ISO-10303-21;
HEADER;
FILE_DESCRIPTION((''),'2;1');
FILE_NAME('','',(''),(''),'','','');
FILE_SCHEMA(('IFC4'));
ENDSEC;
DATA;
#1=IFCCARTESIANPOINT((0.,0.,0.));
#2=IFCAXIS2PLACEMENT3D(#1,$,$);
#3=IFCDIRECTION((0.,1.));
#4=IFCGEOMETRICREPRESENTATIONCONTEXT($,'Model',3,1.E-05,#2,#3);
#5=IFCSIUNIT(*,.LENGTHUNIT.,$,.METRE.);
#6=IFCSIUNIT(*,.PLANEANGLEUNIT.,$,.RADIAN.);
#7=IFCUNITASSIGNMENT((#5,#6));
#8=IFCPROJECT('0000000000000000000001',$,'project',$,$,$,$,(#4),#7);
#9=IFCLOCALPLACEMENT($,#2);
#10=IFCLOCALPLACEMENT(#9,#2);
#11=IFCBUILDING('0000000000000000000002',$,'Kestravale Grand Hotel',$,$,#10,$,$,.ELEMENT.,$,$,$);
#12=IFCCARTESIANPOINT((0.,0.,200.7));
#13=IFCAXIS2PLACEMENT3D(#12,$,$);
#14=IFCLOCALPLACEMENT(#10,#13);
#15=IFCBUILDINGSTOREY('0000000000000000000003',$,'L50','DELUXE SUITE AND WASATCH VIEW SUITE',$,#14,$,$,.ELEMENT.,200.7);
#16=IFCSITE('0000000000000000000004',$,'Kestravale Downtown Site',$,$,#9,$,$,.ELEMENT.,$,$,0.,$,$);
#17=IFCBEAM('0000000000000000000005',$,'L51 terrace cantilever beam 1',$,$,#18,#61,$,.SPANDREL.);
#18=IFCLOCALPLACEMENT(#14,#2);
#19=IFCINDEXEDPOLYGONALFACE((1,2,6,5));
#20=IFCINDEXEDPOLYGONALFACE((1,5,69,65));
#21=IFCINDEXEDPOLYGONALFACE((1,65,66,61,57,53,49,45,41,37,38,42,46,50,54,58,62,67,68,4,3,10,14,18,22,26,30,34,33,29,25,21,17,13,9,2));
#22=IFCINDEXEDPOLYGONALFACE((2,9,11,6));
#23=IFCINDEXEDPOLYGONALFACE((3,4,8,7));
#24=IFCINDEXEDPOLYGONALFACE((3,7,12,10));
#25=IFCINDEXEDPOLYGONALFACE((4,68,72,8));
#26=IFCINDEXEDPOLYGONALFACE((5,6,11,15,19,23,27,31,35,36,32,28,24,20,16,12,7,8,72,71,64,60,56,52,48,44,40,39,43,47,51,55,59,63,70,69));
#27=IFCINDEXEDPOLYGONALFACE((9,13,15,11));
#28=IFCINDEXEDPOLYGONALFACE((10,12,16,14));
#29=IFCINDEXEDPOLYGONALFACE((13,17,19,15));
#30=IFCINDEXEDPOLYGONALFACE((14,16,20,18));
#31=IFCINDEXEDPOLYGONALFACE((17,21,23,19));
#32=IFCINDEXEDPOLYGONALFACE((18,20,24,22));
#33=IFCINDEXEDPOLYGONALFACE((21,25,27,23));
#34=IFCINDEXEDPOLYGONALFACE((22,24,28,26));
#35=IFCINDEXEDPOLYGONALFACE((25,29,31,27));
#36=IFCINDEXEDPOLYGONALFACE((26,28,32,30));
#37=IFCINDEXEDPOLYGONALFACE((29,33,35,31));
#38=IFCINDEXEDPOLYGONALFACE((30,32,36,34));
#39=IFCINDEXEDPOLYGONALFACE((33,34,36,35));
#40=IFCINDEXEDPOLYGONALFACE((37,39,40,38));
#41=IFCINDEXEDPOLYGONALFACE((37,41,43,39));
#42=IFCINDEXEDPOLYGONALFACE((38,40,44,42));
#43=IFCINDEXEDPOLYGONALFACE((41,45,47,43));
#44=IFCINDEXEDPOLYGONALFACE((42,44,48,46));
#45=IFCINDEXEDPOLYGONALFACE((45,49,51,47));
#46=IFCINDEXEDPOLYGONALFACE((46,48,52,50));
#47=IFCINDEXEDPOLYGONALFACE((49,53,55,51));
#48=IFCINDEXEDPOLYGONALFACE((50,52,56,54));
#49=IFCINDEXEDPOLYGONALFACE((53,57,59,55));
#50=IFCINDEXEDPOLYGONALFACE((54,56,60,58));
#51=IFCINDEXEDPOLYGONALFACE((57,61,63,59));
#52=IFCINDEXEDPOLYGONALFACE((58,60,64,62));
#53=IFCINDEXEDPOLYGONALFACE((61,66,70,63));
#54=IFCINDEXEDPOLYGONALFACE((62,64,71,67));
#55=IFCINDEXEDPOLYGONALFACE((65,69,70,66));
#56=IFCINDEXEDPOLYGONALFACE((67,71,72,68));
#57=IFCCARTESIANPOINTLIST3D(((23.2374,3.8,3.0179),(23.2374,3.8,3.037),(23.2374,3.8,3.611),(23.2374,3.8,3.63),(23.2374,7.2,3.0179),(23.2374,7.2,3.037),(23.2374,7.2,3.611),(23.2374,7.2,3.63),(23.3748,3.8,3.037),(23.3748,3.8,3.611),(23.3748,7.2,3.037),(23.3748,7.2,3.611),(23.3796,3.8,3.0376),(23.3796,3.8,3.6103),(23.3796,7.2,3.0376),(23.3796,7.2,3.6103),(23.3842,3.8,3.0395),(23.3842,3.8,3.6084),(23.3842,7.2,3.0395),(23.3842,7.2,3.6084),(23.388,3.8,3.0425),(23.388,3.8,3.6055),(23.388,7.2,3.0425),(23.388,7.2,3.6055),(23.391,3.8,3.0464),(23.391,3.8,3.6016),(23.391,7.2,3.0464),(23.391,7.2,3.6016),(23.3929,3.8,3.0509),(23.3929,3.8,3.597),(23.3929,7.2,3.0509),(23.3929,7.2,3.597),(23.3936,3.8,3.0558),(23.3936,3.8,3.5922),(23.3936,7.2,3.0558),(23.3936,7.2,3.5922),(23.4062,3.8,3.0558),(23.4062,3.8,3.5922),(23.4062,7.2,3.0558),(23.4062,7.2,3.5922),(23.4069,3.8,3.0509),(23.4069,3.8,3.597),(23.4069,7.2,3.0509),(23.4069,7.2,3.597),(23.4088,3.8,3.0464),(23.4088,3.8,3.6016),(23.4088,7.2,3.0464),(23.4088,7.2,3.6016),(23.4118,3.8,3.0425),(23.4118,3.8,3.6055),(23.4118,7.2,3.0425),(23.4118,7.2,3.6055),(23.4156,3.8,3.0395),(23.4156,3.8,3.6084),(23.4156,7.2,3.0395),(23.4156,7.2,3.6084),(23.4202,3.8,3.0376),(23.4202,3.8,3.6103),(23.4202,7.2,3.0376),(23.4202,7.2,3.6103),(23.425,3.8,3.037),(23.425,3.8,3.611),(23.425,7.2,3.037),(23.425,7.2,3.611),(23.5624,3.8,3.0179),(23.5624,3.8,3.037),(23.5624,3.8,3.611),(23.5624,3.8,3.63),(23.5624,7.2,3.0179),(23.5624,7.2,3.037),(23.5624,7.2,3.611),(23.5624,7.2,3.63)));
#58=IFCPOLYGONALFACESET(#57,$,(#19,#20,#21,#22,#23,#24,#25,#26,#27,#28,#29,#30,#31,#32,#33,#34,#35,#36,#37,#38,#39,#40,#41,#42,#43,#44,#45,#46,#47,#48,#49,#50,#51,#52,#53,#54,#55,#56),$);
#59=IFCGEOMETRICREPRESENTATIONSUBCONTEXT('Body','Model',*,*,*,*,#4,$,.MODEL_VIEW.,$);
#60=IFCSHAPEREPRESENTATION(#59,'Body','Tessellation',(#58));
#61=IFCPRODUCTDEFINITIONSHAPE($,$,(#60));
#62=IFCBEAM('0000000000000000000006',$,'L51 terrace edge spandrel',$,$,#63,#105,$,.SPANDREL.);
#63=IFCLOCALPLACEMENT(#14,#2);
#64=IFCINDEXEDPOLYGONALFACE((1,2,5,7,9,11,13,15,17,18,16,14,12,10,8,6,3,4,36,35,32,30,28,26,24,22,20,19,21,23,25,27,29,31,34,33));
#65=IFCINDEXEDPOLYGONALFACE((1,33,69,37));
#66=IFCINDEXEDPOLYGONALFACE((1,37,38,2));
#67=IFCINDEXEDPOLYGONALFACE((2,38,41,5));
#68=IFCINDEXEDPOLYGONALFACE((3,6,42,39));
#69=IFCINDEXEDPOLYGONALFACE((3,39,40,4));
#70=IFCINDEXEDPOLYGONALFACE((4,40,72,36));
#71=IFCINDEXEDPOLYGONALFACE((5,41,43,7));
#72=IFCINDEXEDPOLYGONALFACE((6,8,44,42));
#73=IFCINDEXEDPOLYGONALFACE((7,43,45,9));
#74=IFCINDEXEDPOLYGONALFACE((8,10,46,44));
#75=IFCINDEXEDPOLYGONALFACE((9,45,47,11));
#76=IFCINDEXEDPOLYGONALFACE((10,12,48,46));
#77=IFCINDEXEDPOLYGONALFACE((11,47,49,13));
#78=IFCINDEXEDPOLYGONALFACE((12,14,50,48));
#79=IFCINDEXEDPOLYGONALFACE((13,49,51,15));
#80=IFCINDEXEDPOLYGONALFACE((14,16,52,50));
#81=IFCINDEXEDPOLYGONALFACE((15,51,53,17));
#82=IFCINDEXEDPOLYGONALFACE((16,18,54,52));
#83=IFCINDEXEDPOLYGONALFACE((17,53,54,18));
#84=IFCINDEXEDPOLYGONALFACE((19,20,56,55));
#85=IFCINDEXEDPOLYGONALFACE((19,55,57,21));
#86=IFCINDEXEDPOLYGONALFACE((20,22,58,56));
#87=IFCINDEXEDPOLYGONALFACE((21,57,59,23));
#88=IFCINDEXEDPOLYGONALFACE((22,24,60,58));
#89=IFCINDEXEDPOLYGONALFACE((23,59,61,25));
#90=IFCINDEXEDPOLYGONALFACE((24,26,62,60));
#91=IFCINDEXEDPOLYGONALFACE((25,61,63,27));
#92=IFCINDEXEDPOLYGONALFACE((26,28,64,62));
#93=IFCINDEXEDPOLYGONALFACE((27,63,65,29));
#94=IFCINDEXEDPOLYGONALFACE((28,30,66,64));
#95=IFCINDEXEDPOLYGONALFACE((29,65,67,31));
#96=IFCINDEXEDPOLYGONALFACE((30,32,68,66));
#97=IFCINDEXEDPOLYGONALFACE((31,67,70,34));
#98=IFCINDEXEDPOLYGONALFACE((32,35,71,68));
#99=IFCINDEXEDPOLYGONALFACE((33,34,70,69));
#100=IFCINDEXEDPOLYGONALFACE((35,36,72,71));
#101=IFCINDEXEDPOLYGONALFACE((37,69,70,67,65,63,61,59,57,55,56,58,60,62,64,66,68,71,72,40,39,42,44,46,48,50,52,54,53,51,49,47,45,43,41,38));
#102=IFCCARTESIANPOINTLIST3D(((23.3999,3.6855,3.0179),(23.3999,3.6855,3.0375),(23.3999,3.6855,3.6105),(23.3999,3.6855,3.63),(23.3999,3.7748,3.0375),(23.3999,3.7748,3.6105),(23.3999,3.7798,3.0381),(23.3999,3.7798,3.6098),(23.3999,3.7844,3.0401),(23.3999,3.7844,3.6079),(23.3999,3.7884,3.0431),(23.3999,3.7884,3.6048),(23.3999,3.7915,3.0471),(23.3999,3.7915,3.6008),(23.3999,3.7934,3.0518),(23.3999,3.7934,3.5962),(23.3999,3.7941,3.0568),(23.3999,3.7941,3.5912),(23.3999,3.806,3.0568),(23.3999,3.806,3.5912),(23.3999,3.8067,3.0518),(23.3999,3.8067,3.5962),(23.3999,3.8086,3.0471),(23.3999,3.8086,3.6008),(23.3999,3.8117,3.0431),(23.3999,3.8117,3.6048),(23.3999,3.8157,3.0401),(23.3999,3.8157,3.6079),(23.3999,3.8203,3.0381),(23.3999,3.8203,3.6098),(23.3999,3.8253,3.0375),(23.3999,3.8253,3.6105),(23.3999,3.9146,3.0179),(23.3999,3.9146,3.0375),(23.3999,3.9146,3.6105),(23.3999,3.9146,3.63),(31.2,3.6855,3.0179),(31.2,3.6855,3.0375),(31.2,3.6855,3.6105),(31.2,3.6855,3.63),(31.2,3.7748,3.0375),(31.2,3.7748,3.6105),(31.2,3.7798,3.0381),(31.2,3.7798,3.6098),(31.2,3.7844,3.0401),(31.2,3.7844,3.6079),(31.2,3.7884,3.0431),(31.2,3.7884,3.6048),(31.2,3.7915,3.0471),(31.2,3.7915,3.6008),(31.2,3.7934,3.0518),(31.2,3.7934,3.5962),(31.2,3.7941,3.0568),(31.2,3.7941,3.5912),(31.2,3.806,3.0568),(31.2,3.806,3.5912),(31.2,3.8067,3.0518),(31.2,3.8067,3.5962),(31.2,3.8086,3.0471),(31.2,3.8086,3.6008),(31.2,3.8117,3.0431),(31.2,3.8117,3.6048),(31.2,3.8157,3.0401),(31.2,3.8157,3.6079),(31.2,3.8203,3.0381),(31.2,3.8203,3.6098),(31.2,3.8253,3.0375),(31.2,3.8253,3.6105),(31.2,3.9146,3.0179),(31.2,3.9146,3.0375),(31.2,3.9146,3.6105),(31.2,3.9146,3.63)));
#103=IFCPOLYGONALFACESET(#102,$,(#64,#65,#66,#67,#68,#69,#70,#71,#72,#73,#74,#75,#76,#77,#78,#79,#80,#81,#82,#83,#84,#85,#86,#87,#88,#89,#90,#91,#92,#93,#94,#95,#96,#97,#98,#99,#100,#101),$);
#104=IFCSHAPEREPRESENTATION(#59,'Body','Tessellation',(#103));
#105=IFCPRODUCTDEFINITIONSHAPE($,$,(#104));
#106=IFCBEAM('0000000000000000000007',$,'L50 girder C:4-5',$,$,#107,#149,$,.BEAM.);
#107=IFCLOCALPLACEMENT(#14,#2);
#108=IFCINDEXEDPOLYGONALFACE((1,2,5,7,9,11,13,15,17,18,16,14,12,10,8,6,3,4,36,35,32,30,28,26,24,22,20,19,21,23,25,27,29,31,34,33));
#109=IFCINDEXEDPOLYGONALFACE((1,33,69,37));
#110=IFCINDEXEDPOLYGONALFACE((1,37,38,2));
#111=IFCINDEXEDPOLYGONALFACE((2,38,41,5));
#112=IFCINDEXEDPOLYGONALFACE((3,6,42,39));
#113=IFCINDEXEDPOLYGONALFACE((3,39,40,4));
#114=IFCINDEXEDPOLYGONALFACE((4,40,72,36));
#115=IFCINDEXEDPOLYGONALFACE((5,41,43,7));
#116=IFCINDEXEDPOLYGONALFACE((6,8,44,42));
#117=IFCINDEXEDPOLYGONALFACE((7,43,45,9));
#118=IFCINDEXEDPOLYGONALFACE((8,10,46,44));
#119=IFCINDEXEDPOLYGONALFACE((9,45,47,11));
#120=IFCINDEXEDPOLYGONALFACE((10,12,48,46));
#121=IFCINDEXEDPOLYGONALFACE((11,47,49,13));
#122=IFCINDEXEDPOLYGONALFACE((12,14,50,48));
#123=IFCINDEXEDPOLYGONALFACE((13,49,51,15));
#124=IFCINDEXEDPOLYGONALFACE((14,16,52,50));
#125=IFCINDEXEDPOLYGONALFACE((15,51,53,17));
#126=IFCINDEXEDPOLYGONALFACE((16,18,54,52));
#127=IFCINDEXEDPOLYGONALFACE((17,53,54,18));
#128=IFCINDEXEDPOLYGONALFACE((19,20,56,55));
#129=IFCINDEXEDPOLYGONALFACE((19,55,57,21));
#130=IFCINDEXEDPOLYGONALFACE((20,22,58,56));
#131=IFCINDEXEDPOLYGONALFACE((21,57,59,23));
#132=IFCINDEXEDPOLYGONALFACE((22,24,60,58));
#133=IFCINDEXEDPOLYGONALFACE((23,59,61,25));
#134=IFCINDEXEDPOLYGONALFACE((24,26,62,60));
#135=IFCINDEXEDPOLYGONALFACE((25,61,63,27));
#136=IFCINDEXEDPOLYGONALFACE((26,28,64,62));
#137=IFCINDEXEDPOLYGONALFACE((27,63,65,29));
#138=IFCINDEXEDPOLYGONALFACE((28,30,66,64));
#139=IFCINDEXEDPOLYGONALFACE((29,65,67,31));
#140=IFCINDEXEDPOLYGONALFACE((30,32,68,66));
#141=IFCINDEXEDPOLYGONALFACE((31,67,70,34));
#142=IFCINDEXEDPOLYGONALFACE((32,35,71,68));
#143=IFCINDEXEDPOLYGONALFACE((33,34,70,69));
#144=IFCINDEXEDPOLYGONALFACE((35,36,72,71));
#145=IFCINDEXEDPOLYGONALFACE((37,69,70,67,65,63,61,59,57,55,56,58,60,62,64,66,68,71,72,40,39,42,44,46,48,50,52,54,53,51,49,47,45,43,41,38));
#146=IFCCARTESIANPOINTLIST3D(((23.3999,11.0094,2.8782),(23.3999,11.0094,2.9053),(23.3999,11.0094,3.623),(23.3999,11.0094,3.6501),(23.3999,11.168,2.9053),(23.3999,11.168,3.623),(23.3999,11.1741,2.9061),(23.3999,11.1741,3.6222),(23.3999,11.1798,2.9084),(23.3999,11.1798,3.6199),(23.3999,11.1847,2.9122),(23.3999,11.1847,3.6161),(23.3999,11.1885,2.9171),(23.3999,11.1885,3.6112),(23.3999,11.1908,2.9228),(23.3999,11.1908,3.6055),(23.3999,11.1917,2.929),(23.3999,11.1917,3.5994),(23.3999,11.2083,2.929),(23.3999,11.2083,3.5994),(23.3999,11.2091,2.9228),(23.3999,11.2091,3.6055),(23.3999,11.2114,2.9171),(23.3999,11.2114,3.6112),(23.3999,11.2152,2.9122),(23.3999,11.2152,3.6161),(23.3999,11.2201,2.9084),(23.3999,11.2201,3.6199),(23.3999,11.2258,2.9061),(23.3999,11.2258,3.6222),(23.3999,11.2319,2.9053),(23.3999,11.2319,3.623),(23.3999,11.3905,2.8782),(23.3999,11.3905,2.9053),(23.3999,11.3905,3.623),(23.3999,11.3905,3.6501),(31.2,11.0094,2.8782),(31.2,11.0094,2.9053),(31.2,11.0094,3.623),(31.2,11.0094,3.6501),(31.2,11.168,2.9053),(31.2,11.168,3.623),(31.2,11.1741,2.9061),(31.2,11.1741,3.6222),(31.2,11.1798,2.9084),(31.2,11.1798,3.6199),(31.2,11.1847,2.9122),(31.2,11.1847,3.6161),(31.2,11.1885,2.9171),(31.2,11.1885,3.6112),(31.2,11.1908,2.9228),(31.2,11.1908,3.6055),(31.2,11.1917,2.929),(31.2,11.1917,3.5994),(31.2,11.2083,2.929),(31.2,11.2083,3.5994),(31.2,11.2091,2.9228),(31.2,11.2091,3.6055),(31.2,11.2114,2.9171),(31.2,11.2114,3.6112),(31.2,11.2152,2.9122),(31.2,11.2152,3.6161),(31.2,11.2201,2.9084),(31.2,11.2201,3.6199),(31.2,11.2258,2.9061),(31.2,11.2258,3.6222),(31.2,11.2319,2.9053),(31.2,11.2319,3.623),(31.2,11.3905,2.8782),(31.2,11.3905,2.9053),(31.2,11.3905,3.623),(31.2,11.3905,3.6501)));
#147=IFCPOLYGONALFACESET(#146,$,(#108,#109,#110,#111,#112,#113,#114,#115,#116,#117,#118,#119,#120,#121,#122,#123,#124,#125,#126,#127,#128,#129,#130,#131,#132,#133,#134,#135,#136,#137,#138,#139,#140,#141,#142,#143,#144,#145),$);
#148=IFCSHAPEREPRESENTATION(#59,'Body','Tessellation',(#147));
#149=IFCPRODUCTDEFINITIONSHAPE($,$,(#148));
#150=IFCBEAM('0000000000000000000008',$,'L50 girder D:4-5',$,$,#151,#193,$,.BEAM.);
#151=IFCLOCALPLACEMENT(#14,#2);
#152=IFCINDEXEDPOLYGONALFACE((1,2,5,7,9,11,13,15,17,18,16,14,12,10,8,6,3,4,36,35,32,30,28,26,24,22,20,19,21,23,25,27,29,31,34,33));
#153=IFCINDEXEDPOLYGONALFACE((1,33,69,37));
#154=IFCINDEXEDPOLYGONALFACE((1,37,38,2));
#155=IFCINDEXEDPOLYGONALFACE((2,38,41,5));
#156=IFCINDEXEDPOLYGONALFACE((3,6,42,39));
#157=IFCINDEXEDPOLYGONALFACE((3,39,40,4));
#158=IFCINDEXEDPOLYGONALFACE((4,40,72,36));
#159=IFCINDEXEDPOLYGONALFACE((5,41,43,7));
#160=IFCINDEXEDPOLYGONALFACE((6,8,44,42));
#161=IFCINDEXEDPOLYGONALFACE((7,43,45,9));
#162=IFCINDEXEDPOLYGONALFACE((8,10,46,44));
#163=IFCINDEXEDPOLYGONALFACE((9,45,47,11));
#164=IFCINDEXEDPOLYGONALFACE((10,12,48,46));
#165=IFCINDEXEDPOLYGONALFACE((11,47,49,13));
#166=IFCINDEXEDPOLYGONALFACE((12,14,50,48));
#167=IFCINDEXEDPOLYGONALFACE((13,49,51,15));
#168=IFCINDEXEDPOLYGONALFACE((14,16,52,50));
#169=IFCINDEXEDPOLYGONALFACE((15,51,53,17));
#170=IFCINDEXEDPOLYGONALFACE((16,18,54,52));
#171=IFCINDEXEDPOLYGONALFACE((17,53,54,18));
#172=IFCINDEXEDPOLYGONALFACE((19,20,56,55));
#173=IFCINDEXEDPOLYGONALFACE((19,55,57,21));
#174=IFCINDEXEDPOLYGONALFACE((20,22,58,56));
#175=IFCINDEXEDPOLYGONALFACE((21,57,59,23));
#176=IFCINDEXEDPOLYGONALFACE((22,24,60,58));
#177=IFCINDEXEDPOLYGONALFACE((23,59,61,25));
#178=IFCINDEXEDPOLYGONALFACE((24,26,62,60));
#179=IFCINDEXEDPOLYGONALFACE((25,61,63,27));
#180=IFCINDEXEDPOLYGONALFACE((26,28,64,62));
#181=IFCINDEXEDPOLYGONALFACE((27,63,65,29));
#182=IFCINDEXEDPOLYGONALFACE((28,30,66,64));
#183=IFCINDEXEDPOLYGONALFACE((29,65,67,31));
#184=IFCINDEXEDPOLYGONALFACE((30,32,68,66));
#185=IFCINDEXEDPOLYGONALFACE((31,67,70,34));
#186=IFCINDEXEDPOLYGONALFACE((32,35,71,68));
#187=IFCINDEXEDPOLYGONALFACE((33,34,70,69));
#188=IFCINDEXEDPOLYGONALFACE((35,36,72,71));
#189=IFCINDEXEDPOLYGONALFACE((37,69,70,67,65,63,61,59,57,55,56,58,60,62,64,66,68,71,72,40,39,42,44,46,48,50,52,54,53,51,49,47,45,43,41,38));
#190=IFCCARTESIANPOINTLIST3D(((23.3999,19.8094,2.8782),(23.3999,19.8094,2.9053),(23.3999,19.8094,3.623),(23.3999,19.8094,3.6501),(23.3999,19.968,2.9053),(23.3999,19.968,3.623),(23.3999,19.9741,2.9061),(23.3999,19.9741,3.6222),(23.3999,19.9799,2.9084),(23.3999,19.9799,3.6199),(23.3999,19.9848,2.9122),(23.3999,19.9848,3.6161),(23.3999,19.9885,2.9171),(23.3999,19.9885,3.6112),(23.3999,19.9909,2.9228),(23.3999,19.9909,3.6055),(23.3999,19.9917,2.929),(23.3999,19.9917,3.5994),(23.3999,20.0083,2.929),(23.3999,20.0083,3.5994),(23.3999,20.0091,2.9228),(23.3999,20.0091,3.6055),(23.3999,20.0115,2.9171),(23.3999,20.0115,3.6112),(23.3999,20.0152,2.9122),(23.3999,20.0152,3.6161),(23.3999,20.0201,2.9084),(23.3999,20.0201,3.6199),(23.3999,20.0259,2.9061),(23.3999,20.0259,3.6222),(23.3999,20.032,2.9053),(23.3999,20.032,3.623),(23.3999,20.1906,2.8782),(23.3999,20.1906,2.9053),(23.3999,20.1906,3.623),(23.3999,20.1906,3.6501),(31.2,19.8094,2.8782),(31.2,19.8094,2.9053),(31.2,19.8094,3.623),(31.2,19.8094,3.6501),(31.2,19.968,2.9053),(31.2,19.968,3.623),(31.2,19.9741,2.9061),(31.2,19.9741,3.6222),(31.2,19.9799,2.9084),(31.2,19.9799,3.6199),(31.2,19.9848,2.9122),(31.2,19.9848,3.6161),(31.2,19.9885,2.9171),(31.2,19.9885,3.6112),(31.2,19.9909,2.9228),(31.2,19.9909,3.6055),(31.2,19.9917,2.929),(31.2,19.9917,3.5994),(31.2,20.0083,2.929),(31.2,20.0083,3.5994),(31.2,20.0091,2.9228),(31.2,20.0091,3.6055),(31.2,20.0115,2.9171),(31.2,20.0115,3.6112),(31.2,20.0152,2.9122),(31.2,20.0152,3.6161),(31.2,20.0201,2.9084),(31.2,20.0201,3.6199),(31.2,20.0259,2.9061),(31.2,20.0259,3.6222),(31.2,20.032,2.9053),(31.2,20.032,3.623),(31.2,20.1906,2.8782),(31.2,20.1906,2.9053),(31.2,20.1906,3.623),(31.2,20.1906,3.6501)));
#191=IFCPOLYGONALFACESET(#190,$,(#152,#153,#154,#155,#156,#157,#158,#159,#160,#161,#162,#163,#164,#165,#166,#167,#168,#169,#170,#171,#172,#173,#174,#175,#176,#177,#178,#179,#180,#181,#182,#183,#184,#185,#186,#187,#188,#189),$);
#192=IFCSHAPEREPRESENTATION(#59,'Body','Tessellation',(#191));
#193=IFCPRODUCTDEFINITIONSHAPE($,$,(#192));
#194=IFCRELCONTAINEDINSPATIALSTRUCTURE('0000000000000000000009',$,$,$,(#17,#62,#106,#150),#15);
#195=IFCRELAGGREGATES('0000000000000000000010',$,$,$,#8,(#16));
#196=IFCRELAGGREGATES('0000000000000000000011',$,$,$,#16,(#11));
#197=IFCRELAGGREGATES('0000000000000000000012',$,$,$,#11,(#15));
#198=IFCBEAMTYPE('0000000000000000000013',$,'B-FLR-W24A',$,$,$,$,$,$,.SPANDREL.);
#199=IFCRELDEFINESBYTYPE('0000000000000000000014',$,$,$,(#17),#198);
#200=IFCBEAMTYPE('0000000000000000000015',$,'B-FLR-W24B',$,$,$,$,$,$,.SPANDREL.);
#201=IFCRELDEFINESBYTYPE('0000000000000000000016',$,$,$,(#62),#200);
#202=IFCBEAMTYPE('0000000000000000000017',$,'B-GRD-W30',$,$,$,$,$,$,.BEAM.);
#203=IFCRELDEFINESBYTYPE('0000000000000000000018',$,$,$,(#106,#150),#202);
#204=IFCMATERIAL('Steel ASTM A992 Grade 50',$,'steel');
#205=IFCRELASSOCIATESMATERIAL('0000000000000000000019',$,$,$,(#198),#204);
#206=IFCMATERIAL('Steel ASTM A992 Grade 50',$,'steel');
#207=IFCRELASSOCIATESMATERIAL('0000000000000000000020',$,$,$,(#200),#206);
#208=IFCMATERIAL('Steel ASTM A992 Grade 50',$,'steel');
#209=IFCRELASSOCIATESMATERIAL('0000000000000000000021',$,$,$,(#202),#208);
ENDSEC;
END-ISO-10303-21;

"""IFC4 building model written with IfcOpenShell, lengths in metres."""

from ifc_helpers import new_model, si_unit, direction, frame, origin, origin_2d, place, context, subcontext, project, spatial, i_section, extrude, material, material_profile, profile_set, type_object, element, save


model = new_model("IFC4")

# Units and contexts
model_context = context("Model", 3, precision=1e-05, world=origin(), true_north=direction((0.0, 1.0)))
body_context = subcontext(model_context, "Body", "Model", "MODEL_VIEW")
ifc_project = project(units=[si_unit("LENGTHUNIT", "METRE"), si_unit("PLANEANGLEUNIT", "RADIAN")], contexts=[model_context])

# Site, building, storey
site_placement = place(None, origin())
site = spatial("IfcSite", under=ifc_project, at=site_placement, Name="Kestravale Downtown Site", CompositionType="ELEMENT", RefElevation=0.0)
building_placement = place(site_placement, origin())
building = spatial("IfcBuilding", under=site, at=building_placement, Name="Kestravale Grand Hotel", CompositionType="ELEMENT")
storey_placement = place(building_placement, frame((0.0, 0.0, 200.7)))
storey = spatial("IfcBuildingStorey", under=building, at=storey_placement, Name="L50", Description="DELUXE SUITE AND WASATCH VIEW SUITE", CompositionType="ELEMENT", Elevation=200.7)

# Beams
ifc_material_1 = material(Name="Steel ASTM A992 Grade 50", Category="steel")
ifc_material_profile_1 = material_profile(ifc_material_1, i_section(OverallWidth=0.325, OverallDepth=0.6121, WebThickness=0.0127, FlangeThickness=0.019, FilletRadius=0.0188, at=origin_2d()))
ifc_profile_set_1 = profile_set([ifc_material_profile_1], Name="Steel ASTM A992 Grade 50")
beam_type_1 = type_object("IfcBeamType", Name="B-FLR-W24A", PredefinedType="SPANDREL", material=ifc_profile_set_1)
beam_1_placement = place(storey_placement, frame((23.3999, 7.2, 3.324), z_axis=(0.0, -1.0, 0.0), x_axis=(1.0, 0.0, 0.0)))
element("IfcBeam", 1, at=beam_1_placement, inside=storey, type_object=beam_type_1, Name="L51 terrace cantilever beam 1", PredefinedType="SPANDREL", context=body_context, shape_type="SweptSolid", body=[
    extrude(i_section(OverallWidth=0.325, OverallDepth=0.6121, WebThickness=0.0127, FlangeThickness=0.019, FilletRadius=0.0188, at=origin_2d()), origin(), (0.0, 0.0, 1.0), 3.3999),
])
ifc_material_2 = material(Name="Steel ASTM A992 Grade 50", Category="steel")
ifc_material_profile_2 = material_profile(ifc_material_2, i_section(OverallWidth=0.229, OverallDepth=0.6121, WebThickness=0.012, FlangeThickness=0.0195, FilletRadius=0.0193, at=origin_2d()))
ifc_profile_set_2 = profile_set([ifc_material_profile_2], Name="Steel ASTM A992 Grade 50")
beam_type_2 = type_object("IfcBeamType", Name="B-FLR-W24B", PredefinedType="SPANDREL", material=ifc_profile_set_2)
beam_2_placement = place(storey_placement, frame((23.3999, 3.8, 3.324), z_axis=(1.0, 0.0, 0.0), x_axis=(0.0, 1.0, 0.0)))
element("IfcBeam", 2, at=beam_2_placement, inside=storey, type_object=beam_type_2, Name="L51 terrace edge spandrel", PredefinedType="SPANDREL", context=body_context, shape_type="SweptSolid", body=[
    extrude(i_section(OverallWidth=0.229, OverallDepth=0.6121, WebThickness=0.012, FlangeThickness=0.0195, FilletRadius=0.0193, at=origin_2d()), origin(), (0.0, 0.0, 1.0), 7.8),
])
ifc_material_3 = material(Name="Steel ASTM A992 Grade 50", Category="steel")
ifc_material_profile_3 = material_profile(ifc_material_3, i_section(OverallWidth=0.3811, OverallDepth=0.772, WebThickness=0.0166, FlangeThickness=0.0271, FilletRadius=0.0237, at=origin_2d()))
ifc_profile_set_3 = profile_set([ifc_material_profile_3], Name="Steel ASTM A992 Grade 50")
beam_type_3 = type_object("IfcBeamType", Name="B-GRD-W30", PredefinedType="BEAM", material=ifc_profile_set_3)
for number, where, z_axis, x_axis, name in (
    (3, (23.3999, 11.2, 3.2642), (1.0, 0.0, 0.0), (0.0, 1.0, 0.0), "L50 girder C:4-5"),
    (4, (23.3999, 20.0, 3.2642), (1.0, 0.0, 0.0), (0.0, 1.0, 0.0), "L50 girder D:4-5"),
):
    element("IfcBeam", number, at=place(storey_placement, frame(where, z_axis=z_axis, x_axis=x_axis)), inside=storey, type_object=beam_type_3, Name=name, PredefinedType="BEAM", context=body_context, shape_type="SweptSolid", body=[
        extrude(i_section(OverallWidth=0.3811, OverallDepth=0.772, WebThickness=0.0166, FlangeThickness=0.0271, FilletRadius=0.0237, at=origin_2d()), origin(), (0.0, 0.0, 1.0), 7.8),
    ])

save(model, "model.ifc")
